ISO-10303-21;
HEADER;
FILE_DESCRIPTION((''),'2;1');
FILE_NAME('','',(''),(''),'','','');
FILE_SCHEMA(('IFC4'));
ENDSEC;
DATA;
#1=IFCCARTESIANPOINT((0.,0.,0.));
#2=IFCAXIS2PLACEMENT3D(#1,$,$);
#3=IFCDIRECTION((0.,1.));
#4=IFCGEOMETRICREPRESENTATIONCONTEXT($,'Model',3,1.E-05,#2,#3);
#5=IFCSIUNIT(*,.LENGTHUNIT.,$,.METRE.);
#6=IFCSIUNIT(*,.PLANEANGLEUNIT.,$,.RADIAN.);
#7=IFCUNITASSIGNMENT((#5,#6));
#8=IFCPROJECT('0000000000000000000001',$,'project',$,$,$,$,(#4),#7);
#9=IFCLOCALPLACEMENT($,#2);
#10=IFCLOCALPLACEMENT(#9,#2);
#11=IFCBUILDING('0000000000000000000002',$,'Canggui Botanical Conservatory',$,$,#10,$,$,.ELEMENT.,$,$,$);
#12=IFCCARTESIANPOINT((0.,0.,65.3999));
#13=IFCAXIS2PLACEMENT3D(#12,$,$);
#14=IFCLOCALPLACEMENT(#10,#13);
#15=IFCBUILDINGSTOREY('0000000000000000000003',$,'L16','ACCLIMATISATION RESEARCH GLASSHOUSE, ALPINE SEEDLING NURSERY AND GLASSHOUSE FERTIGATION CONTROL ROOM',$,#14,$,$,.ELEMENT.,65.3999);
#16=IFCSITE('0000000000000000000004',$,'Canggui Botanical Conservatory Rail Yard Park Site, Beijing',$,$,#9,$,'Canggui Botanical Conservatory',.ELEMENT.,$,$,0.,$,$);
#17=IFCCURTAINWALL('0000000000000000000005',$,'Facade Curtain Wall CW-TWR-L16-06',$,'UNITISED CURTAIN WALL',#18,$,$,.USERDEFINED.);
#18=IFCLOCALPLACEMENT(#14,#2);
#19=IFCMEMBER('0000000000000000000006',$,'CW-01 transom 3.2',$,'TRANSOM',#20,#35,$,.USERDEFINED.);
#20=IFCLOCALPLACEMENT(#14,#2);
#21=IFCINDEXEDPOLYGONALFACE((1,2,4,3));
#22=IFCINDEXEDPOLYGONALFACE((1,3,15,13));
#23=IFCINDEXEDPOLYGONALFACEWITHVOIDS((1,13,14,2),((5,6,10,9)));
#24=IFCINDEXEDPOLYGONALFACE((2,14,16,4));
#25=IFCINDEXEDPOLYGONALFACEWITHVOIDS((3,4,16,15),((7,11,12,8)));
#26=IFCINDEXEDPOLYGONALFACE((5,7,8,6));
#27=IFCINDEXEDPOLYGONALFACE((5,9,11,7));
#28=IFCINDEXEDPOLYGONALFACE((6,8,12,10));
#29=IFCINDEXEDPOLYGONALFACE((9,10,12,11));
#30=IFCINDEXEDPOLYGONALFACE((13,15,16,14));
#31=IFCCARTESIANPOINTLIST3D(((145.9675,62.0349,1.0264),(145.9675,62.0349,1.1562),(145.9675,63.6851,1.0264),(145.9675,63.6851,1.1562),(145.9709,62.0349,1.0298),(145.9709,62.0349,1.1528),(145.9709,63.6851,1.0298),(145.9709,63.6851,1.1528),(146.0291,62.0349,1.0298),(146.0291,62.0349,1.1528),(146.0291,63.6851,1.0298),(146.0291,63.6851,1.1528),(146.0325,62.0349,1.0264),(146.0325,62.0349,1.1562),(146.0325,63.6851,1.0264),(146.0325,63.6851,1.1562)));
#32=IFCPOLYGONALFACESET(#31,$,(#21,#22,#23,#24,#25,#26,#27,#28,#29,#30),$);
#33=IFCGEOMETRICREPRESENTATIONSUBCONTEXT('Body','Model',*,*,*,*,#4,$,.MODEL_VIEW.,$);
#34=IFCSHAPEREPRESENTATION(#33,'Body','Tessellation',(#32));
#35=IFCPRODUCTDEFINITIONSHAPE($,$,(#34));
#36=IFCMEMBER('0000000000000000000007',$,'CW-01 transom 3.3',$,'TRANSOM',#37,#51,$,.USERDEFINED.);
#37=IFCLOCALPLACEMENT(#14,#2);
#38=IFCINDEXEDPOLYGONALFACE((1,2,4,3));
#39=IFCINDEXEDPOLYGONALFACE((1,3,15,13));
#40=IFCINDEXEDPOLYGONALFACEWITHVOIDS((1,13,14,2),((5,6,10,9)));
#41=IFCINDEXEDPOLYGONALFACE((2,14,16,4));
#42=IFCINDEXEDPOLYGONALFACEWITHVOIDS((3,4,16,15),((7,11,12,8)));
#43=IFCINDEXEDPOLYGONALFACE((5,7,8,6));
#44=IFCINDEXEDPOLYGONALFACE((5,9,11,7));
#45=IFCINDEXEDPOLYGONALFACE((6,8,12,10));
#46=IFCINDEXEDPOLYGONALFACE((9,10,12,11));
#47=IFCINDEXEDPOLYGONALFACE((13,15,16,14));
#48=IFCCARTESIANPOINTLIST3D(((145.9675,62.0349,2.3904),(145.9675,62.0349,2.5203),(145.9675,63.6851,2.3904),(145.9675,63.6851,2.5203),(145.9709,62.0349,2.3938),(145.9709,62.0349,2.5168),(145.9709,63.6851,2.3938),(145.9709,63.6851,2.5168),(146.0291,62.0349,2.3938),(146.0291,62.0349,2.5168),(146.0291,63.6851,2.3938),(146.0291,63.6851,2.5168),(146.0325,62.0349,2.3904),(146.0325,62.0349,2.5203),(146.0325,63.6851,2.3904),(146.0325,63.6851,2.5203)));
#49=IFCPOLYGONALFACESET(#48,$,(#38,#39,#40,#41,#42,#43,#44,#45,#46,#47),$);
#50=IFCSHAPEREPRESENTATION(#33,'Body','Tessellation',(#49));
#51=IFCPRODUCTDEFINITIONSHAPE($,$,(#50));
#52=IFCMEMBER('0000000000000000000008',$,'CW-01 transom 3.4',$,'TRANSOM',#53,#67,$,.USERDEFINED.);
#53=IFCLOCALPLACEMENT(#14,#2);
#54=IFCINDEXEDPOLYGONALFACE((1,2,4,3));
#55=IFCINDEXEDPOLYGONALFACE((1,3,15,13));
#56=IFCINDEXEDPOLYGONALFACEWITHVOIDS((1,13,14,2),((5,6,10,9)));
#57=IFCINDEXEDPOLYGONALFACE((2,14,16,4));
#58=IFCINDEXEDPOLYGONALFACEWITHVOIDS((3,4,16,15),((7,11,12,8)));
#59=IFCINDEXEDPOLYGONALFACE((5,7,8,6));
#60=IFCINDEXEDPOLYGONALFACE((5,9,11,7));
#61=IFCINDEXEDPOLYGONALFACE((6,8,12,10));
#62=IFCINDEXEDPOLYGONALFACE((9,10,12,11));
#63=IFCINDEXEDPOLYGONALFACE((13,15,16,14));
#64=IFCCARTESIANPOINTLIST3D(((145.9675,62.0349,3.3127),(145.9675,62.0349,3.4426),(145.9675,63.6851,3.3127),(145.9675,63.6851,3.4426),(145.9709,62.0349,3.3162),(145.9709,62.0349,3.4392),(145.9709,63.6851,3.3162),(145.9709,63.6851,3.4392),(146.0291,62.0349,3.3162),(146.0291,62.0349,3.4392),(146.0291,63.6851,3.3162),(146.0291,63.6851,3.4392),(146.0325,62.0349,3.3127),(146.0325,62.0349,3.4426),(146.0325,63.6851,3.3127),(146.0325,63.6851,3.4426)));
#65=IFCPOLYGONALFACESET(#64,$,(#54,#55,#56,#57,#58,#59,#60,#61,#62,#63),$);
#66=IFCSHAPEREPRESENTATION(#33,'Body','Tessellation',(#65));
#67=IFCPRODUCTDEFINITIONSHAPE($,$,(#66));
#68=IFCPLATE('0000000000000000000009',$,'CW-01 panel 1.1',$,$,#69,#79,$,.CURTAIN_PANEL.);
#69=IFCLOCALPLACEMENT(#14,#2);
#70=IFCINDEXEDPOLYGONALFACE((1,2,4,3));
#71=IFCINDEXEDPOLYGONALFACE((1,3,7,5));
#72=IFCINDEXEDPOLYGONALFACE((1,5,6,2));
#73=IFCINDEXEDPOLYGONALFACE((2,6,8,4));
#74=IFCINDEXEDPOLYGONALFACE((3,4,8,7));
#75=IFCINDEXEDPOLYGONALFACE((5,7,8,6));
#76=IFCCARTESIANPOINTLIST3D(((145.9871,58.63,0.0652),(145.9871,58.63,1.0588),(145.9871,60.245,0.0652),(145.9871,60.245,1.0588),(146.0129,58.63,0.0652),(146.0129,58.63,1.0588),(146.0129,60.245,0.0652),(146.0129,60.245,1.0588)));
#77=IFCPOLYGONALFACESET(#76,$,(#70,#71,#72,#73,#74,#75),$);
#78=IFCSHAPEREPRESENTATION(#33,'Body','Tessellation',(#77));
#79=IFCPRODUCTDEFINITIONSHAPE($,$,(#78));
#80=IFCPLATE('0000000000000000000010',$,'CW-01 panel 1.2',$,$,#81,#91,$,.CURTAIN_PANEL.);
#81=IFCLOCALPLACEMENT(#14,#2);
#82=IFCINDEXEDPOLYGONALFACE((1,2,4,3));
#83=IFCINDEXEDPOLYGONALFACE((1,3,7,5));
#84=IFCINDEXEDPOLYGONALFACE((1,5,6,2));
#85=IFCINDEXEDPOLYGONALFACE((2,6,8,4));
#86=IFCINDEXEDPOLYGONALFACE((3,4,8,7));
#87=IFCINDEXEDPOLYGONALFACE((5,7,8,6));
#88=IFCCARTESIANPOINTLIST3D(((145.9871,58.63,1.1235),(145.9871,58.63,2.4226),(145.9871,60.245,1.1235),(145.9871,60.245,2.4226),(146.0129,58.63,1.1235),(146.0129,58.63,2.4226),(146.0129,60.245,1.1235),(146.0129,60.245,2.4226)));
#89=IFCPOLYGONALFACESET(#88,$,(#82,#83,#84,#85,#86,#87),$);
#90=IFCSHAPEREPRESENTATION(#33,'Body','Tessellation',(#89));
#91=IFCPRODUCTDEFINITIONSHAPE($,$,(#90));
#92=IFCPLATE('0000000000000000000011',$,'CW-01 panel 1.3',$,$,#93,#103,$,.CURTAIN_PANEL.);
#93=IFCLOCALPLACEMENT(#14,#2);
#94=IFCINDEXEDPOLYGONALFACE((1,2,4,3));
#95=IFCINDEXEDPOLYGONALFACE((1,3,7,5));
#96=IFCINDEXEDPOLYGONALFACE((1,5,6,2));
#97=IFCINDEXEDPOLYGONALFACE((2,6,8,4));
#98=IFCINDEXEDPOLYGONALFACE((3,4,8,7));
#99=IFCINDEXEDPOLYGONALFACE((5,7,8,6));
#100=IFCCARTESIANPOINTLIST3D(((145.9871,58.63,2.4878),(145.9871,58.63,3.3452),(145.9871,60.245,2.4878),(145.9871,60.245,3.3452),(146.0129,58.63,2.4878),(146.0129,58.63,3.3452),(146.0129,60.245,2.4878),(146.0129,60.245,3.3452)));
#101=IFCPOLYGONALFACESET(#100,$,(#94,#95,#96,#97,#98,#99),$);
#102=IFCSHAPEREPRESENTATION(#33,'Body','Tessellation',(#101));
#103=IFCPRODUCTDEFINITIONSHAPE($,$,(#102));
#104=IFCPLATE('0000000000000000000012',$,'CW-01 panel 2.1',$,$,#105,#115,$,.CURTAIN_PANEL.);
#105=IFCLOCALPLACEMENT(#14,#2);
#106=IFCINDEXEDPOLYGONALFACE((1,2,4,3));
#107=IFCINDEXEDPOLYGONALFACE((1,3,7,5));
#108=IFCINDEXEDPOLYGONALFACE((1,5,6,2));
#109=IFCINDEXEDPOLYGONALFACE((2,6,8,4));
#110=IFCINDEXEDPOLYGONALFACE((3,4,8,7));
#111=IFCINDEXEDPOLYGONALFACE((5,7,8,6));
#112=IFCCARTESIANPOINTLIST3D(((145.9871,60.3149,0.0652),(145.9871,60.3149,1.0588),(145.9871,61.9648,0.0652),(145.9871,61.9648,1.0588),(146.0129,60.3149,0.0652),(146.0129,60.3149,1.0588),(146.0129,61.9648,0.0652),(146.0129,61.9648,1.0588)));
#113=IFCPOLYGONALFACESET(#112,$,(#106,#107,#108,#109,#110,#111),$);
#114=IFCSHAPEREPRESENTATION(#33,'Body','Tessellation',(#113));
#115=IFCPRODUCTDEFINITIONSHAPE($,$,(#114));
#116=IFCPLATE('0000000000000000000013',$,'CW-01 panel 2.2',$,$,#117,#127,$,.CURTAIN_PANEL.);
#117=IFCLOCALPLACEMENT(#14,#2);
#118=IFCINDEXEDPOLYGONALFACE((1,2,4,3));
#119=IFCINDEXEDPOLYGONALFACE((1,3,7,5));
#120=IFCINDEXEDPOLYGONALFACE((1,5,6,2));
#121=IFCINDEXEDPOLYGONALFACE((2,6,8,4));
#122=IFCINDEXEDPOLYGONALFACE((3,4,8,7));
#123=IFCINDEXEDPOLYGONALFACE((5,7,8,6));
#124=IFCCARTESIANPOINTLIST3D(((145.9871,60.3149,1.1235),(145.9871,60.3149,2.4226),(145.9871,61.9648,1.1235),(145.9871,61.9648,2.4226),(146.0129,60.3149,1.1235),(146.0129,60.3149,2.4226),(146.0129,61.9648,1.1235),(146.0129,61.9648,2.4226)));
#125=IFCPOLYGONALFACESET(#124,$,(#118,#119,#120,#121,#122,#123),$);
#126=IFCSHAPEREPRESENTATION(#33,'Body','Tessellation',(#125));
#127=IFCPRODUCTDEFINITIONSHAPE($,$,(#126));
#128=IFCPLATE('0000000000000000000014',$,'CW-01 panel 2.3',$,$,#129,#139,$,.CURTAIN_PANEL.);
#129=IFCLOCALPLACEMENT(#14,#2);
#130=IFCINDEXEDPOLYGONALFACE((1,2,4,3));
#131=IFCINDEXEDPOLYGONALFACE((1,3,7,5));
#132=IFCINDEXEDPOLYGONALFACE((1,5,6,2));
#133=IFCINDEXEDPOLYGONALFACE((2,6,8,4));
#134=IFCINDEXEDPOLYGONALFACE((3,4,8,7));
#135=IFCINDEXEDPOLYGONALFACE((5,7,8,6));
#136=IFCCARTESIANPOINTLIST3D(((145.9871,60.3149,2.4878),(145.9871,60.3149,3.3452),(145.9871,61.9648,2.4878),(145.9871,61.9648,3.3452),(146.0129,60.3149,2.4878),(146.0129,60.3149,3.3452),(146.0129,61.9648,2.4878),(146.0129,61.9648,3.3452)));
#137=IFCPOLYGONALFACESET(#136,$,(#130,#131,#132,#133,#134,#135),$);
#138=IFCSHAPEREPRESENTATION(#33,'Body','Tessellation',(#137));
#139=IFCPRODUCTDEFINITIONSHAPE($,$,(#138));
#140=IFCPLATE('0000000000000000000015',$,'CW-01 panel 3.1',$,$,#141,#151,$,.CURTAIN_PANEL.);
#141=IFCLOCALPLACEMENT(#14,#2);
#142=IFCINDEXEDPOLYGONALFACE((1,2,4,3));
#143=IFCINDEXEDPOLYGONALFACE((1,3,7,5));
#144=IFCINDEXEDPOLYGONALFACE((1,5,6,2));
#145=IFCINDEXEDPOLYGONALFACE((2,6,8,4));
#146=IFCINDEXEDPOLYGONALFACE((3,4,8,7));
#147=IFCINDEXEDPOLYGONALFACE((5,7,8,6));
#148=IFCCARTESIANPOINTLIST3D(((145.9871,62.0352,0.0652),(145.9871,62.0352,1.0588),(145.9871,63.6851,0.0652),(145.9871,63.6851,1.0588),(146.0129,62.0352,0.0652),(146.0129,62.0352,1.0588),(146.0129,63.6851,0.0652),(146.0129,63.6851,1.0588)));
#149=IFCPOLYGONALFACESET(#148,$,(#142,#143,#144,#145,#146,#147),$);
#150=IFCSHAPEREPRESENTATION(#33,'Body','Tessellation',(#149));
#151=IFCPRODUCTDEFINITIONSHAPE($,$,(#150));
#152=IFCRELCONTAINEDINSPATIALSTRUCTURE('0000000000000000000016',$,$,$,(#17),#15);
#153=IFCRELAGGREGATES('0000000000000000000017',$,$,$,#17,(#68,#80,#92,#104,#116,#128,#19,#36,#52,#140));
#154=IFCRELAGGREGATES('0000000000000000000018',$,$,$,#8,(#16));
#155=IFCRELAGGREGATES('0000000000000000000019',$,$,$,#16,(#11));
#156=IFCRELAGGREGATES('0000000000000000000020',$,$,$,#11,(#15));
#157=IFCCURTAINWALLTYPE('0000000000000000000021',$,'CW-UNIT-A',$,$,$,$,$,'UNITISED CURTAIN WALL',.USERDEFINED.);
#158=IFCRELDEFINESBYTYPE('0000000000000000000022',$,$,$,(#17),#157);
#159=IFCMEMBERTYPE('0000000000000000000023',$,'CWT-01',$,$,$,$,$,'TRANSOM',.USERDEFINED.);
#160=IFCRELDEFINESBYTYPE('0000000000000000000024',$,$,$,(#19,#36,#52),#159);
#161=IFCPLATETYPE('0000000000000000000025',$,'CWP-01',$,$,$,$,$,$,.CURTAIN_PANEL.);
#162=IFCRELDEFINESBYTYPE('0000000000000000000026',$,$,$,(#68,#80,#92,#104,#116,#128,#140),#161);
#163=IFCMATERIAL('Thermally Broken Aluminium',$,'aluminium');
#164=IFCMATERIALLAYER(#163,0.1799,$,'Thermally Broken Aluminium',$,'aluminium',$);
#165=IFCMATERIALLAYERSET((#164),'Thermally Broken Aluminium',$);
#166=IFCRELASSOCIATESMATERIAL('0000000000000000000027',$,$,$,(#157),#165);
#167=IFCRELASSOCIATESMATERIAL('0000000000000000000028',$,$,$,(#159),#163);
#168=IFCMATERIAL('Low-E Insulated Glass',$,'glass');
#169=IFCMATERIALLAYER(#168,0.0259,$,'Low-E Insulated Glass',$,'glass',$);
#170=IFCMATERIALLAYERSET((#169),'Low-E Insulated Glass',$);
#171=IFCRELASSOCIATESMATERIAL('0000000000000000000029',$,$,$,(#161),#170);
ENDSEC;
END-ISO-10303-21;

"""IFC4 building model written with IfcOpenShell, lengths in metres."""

from ifc_helpers import new_model, si_unit, direction, frame, origin, origin_2d, place, context, subcontext, project, spatial, rectangle, hollow_rectangle, extrude, material, layer, layer_set, material_profile, profile_set, type_object, element, aggregate, save


model = new_model("IFC4")

# Units and contexts
model_context = context("Model", 3, precision=1e-05, world=origin(), true_north=direction((0.0, 1.0)))
body_context = subcontext(model_context, "Body", "Model", "MODEL_VIEW")
ifc_project = project(units=[si_unit("LENGTHUNIT", "METRE"), si_unit("PLANEANGLEUNIT", "RADIAN")], contexts=[model_context])

# Site, building, storey
site_placement = place(None, origin())
site = spatial("IfcSite", under=ifc_project, at=site_placement, Name="Canggui Botanical Conservatory Rail Yard Park Site, Beijing", LongName="Canggui Botanical Conservatory", CompositionType="ELEMENT", RefElevation=0.0)
building_placement = place(site_placement, origin())
building = spatial("IfcBuilding", under=site, at=building_placement, Name="Canggui Botanical Conservatory", CompositionType="ELEMENT")
storey_placement = place(building_placement, frame((0.0, 0.0, 65.3999)))
storey = spatial("IfcBuildingStorey", under=building, at=storey_placement, Name="L16", Description="ACCLIMATISATION RESEARCH GLASSHOUSE, ALPINE SEEDLING NURSERY AND GLASSHOUSE FERTIGATION CONTROL ROOM", CompositionType="ELEMENT", Elevation=65.3999)

# Curtain wall, members, plates
ifc_material_1 = material(Name="Thermally Broken Aluminium", Category="aluminium")
ifc_layer_1 = layer(ifc_material_1, 0.1799, Name="Thermally Broken Aluminium", Category="aluminium")
ifc_layer_set_1 = layer_set([ifc_layer_1], Name="Thermally Broken Aluminium")
curtain_wall_type = type_object("IfcCurtainWallType", Name="CW-UNIT-A", ElementType="UNITISED CURTAIN WALL", PredefinedType="USERDEFINED", material=ifc_layer_set_1)
curtain_wall_placement = place(storey_placement, origin())
curtain_wall = element("IfcCurtainWall", 1, at=curtain_wall_placement, inside=storey, type_object=curtain_wall_type, Name="Facade Curtain Wall CW-TWR-L16-06", ObjectType="UNITISED CURTAIN WALL", PredefinedType="USERDEFINED")
ifc_material_profile_1 = material_profile(ifc_material_1, hollow_rectangle(XDim=0.0649, YDim=0.1299, WallThickness=0.0034, at=origin_2d()), Name="CWT 65x130x3.5")
ifc_profile_set_1 = profile_set([ifc_material_profile_1], Name="Thermally Broken Aluminium")
member_type_1 = type_object("IfcMemberType", Name="CWT-01", ElementType="TRANSOM", PredefinedType="USERDEFINED", material=ifc_profile_set_1)
member_1_placement = place(storey_placement, frame((146.0, 62.0349, 1.0913), z_axis=(0.0, 1.0, 0.0), x_axis=(-1.0, 0.0, 0.0)))
member_1 = element("IfcMember", 2, at=member_1_placement, type_object=member_type_1, Name="CW-01 transom 3.2", ObjectType="TRANSOM", PredefinedType="USERDEFINED", context=body_context, shape_type="SweptSolid", body=[
    extrude(hollow_rectangle(XDim=0.0649, YDim=0.1299, WallThickness=0.0034, at=origin_2d()), origin(), (0.0, 0.0, 1.0), 1.6501),
])
member_2_placement = place(storey_placement, frame((146.0, 62.0349, 2.4553), z_axis=(0.0, 1.0, 0.0), x_axis=(-1.0, 0.0, 0.0)))
member_2 = element("IfcMember", 3, at=member_2_placement, type_object=member_type_1, Name="CW-01 transom 3.3", ObjectType="TRANSOM", PredefinedType="USERDEFINED", context=body_context, shape_type="SweptSolid", body=[
    extrude(hollow_rectangle(XDim=0.0649, YDim=0.1299, WallThickness=0.0034, at=origin_2d()), origin(), (0.0, 0.0, 1.0), 1.6501),
])
member_3_placement = place(storey_placement, frame((146.0, 62.0349, 3.3777), z_axis=(0.0, 1.0, 0.0), x_axis=(-1.0, 0.0, 0.0)))
member_3 = element("IfcMember", 4, at=member_3_placement, type_object=member_type_1, Name="CW-01 transom 3.4", ObjectType="TRANSOM", PredefinedType="USERDEFINED", context=body_context, shape_type="SweptSolid", body=[
    extrude(hollow_rectangle(XDim=0.0649, YDim=0.1299, WallThickness=0.0034, at=origin_2d()), origin(), (0.0, 0.0, 1.0), 1.6501),
])
ifc_material_2 = material(Name="Low-E Insulated Glass", Category="glass")
ifc_layer_2 = layer(ifc_material_2, 0.0259, Name="Low-E Insulated Glass", Category="glass")
ifc_layer_set_2 = layer_set([ifc_layer_2], Name="Low-E Insulated Glass")
plate_type = type_object("IfcPlateType", Name="CWP-01", PredefinedType="CURTAIN_PANEL", material=ifc_layer_set_2)
plate_1_placement = place(storey_placement, frame((146.0, 59.4375, 0.0652), z_axis=(0.0, 0.0, 1.0), x_axis=(0.0, 1.0, 0.0)))
plate_1 = element("IfcPlate", 5, at=plate_1_placement, type_object=plate_type, Name="CW-01 panel 1.1", PredefinedType="CURTAIN_PANEL", context=body_context, shape_type="SweptSolid", body=[
    extrude(rectangle(XDim=1.615, YDim=0.0259, at=origin_2d()), origin(), (0.0, 0.0, 1.0), 0.9937),
])
plate_2_placement = place(storey_placement, frame((146.0, 59.4375, 1.1235), z_axis=(0.0, 0.0, 1.0), x_axis=(0.0, 1.0, 0.0)))
plate_2 = element("IfcPlate", 6, at=plate_2_placement, type_object=plate_type, Name="CW-01 panel 1.2", PredefinedType="CURTAIN_PANEL", context=body_context, shape_type="SweptSolid", body=[
    extrude(rectangle(XDim=1.615, YDim=0.0259, at=origin_2d()), origin(), (0.0, 0.0, 1.0), 1.2991),
])
plate_3_placement = place(storey_placement, frame((146.0, 59.4375, 2.4878), z_axis=(0.0, 0.0, 1.0), x_axis=(0.0, 1.0, 0.0)))
plate_3 = element("IfcPlate", 7, at=plate_3_placement, type_object=plate_type, Name="CW-01 panel 1.3", PredefinedType="CURTAIN_PANEL", context=body_context, shape_type="SweptSolid", body=[
    extrude(rectangle(XDim=1.615, YDim=0.0259, at=origin_2d()), origin(), (0.0, 0.0, 1.0), 0.8574),
])
plate_4_placement = place(storey_placement, frame((146.0, 61.1399, 0.0652), z_axis=(0.0, 0.0, 1.0), x_axis=(0.0, 1.0, 0.0)))
plate_4 = element("IfcPlate", 8, at=plate_4_placement, type_object=plate_type, Name="CW-01 panel 2.1", PredefinedType="CURTAIN_PANEL", context=body_context, shape_type="SweptSolid", body=[
    extrude(rectangle(XDim=1.6499, YDim=0.0259, at=origin_2d()), origin(), (0.0, 0.0, 1.0), 0.9937),
])
plate_5_placement = place(storey_placement, frame((146.0, 61.1399, 1.1235), z_axis=(0.0, 0.0, 1.0), x_axis=(0.0, 1.0, 0.0)))
plate_5 = element("IfcPlate", 9, at=plate_5_placement, type_object=plate_type, Name="CW-01 panel 2.2", PredefinedType="CURTAIN_PANEL", context=body_context, shape_type="SweptSolid", body=[
    extrude(rectangle(XDim=1.6499, YDim=0.0259, at=origin_2d()), origin(), (0.0, 0.0, 1.0), 1.2991),
])
plate_6_placement = place(storey_placement, frame((146.0, 61.1399, 2.4878), z_axis=(0.0, 0.0, 1.0), x_axis=(0.0, 1.0, 0.0)))
plate_6 = element("IfcPlate", 10, at=plate_6_placement, type_object=plate_type, Name="CW-01 panel 2.3", PredefinedType="CURTAIN_PANEL", context=body_context, shape_type="SweptSolid", body=[
    extrude(rectangle(XDim=1.6499, YDim=0.0259, at=origin_2d()), origin(), (0.0, 0.0, 1.0), 0.8574),
])
plate_7_placement = place(storey_placement, frame((146.0, 62.8601, 0.0652), z_axis=(0.0, 0.0, 1.0), x_axis=(0.0, 1.0, 0.0)))
plate_7 = element("IfcPlate", 11, at=plate_7_placement, type_object=plate_type, Name="CW-01 panel 3.1", PredefinedType="CURTAIN_PANEL", context=body_context, shape_type="SweptSolid", body=[
    extrude(rectangle(XDim=1.6499, YDim=0.0259, at=origin_2d()), origin(), (0.0, 0.0, 1.0), 0.9937),
])
aggregate(curtain_wall, [plate_1, plate_2, plate_3, plate_4, plate_5, plate_6, member_1, member_2, member_3, plate_7])

save(model, "model.ifc")
